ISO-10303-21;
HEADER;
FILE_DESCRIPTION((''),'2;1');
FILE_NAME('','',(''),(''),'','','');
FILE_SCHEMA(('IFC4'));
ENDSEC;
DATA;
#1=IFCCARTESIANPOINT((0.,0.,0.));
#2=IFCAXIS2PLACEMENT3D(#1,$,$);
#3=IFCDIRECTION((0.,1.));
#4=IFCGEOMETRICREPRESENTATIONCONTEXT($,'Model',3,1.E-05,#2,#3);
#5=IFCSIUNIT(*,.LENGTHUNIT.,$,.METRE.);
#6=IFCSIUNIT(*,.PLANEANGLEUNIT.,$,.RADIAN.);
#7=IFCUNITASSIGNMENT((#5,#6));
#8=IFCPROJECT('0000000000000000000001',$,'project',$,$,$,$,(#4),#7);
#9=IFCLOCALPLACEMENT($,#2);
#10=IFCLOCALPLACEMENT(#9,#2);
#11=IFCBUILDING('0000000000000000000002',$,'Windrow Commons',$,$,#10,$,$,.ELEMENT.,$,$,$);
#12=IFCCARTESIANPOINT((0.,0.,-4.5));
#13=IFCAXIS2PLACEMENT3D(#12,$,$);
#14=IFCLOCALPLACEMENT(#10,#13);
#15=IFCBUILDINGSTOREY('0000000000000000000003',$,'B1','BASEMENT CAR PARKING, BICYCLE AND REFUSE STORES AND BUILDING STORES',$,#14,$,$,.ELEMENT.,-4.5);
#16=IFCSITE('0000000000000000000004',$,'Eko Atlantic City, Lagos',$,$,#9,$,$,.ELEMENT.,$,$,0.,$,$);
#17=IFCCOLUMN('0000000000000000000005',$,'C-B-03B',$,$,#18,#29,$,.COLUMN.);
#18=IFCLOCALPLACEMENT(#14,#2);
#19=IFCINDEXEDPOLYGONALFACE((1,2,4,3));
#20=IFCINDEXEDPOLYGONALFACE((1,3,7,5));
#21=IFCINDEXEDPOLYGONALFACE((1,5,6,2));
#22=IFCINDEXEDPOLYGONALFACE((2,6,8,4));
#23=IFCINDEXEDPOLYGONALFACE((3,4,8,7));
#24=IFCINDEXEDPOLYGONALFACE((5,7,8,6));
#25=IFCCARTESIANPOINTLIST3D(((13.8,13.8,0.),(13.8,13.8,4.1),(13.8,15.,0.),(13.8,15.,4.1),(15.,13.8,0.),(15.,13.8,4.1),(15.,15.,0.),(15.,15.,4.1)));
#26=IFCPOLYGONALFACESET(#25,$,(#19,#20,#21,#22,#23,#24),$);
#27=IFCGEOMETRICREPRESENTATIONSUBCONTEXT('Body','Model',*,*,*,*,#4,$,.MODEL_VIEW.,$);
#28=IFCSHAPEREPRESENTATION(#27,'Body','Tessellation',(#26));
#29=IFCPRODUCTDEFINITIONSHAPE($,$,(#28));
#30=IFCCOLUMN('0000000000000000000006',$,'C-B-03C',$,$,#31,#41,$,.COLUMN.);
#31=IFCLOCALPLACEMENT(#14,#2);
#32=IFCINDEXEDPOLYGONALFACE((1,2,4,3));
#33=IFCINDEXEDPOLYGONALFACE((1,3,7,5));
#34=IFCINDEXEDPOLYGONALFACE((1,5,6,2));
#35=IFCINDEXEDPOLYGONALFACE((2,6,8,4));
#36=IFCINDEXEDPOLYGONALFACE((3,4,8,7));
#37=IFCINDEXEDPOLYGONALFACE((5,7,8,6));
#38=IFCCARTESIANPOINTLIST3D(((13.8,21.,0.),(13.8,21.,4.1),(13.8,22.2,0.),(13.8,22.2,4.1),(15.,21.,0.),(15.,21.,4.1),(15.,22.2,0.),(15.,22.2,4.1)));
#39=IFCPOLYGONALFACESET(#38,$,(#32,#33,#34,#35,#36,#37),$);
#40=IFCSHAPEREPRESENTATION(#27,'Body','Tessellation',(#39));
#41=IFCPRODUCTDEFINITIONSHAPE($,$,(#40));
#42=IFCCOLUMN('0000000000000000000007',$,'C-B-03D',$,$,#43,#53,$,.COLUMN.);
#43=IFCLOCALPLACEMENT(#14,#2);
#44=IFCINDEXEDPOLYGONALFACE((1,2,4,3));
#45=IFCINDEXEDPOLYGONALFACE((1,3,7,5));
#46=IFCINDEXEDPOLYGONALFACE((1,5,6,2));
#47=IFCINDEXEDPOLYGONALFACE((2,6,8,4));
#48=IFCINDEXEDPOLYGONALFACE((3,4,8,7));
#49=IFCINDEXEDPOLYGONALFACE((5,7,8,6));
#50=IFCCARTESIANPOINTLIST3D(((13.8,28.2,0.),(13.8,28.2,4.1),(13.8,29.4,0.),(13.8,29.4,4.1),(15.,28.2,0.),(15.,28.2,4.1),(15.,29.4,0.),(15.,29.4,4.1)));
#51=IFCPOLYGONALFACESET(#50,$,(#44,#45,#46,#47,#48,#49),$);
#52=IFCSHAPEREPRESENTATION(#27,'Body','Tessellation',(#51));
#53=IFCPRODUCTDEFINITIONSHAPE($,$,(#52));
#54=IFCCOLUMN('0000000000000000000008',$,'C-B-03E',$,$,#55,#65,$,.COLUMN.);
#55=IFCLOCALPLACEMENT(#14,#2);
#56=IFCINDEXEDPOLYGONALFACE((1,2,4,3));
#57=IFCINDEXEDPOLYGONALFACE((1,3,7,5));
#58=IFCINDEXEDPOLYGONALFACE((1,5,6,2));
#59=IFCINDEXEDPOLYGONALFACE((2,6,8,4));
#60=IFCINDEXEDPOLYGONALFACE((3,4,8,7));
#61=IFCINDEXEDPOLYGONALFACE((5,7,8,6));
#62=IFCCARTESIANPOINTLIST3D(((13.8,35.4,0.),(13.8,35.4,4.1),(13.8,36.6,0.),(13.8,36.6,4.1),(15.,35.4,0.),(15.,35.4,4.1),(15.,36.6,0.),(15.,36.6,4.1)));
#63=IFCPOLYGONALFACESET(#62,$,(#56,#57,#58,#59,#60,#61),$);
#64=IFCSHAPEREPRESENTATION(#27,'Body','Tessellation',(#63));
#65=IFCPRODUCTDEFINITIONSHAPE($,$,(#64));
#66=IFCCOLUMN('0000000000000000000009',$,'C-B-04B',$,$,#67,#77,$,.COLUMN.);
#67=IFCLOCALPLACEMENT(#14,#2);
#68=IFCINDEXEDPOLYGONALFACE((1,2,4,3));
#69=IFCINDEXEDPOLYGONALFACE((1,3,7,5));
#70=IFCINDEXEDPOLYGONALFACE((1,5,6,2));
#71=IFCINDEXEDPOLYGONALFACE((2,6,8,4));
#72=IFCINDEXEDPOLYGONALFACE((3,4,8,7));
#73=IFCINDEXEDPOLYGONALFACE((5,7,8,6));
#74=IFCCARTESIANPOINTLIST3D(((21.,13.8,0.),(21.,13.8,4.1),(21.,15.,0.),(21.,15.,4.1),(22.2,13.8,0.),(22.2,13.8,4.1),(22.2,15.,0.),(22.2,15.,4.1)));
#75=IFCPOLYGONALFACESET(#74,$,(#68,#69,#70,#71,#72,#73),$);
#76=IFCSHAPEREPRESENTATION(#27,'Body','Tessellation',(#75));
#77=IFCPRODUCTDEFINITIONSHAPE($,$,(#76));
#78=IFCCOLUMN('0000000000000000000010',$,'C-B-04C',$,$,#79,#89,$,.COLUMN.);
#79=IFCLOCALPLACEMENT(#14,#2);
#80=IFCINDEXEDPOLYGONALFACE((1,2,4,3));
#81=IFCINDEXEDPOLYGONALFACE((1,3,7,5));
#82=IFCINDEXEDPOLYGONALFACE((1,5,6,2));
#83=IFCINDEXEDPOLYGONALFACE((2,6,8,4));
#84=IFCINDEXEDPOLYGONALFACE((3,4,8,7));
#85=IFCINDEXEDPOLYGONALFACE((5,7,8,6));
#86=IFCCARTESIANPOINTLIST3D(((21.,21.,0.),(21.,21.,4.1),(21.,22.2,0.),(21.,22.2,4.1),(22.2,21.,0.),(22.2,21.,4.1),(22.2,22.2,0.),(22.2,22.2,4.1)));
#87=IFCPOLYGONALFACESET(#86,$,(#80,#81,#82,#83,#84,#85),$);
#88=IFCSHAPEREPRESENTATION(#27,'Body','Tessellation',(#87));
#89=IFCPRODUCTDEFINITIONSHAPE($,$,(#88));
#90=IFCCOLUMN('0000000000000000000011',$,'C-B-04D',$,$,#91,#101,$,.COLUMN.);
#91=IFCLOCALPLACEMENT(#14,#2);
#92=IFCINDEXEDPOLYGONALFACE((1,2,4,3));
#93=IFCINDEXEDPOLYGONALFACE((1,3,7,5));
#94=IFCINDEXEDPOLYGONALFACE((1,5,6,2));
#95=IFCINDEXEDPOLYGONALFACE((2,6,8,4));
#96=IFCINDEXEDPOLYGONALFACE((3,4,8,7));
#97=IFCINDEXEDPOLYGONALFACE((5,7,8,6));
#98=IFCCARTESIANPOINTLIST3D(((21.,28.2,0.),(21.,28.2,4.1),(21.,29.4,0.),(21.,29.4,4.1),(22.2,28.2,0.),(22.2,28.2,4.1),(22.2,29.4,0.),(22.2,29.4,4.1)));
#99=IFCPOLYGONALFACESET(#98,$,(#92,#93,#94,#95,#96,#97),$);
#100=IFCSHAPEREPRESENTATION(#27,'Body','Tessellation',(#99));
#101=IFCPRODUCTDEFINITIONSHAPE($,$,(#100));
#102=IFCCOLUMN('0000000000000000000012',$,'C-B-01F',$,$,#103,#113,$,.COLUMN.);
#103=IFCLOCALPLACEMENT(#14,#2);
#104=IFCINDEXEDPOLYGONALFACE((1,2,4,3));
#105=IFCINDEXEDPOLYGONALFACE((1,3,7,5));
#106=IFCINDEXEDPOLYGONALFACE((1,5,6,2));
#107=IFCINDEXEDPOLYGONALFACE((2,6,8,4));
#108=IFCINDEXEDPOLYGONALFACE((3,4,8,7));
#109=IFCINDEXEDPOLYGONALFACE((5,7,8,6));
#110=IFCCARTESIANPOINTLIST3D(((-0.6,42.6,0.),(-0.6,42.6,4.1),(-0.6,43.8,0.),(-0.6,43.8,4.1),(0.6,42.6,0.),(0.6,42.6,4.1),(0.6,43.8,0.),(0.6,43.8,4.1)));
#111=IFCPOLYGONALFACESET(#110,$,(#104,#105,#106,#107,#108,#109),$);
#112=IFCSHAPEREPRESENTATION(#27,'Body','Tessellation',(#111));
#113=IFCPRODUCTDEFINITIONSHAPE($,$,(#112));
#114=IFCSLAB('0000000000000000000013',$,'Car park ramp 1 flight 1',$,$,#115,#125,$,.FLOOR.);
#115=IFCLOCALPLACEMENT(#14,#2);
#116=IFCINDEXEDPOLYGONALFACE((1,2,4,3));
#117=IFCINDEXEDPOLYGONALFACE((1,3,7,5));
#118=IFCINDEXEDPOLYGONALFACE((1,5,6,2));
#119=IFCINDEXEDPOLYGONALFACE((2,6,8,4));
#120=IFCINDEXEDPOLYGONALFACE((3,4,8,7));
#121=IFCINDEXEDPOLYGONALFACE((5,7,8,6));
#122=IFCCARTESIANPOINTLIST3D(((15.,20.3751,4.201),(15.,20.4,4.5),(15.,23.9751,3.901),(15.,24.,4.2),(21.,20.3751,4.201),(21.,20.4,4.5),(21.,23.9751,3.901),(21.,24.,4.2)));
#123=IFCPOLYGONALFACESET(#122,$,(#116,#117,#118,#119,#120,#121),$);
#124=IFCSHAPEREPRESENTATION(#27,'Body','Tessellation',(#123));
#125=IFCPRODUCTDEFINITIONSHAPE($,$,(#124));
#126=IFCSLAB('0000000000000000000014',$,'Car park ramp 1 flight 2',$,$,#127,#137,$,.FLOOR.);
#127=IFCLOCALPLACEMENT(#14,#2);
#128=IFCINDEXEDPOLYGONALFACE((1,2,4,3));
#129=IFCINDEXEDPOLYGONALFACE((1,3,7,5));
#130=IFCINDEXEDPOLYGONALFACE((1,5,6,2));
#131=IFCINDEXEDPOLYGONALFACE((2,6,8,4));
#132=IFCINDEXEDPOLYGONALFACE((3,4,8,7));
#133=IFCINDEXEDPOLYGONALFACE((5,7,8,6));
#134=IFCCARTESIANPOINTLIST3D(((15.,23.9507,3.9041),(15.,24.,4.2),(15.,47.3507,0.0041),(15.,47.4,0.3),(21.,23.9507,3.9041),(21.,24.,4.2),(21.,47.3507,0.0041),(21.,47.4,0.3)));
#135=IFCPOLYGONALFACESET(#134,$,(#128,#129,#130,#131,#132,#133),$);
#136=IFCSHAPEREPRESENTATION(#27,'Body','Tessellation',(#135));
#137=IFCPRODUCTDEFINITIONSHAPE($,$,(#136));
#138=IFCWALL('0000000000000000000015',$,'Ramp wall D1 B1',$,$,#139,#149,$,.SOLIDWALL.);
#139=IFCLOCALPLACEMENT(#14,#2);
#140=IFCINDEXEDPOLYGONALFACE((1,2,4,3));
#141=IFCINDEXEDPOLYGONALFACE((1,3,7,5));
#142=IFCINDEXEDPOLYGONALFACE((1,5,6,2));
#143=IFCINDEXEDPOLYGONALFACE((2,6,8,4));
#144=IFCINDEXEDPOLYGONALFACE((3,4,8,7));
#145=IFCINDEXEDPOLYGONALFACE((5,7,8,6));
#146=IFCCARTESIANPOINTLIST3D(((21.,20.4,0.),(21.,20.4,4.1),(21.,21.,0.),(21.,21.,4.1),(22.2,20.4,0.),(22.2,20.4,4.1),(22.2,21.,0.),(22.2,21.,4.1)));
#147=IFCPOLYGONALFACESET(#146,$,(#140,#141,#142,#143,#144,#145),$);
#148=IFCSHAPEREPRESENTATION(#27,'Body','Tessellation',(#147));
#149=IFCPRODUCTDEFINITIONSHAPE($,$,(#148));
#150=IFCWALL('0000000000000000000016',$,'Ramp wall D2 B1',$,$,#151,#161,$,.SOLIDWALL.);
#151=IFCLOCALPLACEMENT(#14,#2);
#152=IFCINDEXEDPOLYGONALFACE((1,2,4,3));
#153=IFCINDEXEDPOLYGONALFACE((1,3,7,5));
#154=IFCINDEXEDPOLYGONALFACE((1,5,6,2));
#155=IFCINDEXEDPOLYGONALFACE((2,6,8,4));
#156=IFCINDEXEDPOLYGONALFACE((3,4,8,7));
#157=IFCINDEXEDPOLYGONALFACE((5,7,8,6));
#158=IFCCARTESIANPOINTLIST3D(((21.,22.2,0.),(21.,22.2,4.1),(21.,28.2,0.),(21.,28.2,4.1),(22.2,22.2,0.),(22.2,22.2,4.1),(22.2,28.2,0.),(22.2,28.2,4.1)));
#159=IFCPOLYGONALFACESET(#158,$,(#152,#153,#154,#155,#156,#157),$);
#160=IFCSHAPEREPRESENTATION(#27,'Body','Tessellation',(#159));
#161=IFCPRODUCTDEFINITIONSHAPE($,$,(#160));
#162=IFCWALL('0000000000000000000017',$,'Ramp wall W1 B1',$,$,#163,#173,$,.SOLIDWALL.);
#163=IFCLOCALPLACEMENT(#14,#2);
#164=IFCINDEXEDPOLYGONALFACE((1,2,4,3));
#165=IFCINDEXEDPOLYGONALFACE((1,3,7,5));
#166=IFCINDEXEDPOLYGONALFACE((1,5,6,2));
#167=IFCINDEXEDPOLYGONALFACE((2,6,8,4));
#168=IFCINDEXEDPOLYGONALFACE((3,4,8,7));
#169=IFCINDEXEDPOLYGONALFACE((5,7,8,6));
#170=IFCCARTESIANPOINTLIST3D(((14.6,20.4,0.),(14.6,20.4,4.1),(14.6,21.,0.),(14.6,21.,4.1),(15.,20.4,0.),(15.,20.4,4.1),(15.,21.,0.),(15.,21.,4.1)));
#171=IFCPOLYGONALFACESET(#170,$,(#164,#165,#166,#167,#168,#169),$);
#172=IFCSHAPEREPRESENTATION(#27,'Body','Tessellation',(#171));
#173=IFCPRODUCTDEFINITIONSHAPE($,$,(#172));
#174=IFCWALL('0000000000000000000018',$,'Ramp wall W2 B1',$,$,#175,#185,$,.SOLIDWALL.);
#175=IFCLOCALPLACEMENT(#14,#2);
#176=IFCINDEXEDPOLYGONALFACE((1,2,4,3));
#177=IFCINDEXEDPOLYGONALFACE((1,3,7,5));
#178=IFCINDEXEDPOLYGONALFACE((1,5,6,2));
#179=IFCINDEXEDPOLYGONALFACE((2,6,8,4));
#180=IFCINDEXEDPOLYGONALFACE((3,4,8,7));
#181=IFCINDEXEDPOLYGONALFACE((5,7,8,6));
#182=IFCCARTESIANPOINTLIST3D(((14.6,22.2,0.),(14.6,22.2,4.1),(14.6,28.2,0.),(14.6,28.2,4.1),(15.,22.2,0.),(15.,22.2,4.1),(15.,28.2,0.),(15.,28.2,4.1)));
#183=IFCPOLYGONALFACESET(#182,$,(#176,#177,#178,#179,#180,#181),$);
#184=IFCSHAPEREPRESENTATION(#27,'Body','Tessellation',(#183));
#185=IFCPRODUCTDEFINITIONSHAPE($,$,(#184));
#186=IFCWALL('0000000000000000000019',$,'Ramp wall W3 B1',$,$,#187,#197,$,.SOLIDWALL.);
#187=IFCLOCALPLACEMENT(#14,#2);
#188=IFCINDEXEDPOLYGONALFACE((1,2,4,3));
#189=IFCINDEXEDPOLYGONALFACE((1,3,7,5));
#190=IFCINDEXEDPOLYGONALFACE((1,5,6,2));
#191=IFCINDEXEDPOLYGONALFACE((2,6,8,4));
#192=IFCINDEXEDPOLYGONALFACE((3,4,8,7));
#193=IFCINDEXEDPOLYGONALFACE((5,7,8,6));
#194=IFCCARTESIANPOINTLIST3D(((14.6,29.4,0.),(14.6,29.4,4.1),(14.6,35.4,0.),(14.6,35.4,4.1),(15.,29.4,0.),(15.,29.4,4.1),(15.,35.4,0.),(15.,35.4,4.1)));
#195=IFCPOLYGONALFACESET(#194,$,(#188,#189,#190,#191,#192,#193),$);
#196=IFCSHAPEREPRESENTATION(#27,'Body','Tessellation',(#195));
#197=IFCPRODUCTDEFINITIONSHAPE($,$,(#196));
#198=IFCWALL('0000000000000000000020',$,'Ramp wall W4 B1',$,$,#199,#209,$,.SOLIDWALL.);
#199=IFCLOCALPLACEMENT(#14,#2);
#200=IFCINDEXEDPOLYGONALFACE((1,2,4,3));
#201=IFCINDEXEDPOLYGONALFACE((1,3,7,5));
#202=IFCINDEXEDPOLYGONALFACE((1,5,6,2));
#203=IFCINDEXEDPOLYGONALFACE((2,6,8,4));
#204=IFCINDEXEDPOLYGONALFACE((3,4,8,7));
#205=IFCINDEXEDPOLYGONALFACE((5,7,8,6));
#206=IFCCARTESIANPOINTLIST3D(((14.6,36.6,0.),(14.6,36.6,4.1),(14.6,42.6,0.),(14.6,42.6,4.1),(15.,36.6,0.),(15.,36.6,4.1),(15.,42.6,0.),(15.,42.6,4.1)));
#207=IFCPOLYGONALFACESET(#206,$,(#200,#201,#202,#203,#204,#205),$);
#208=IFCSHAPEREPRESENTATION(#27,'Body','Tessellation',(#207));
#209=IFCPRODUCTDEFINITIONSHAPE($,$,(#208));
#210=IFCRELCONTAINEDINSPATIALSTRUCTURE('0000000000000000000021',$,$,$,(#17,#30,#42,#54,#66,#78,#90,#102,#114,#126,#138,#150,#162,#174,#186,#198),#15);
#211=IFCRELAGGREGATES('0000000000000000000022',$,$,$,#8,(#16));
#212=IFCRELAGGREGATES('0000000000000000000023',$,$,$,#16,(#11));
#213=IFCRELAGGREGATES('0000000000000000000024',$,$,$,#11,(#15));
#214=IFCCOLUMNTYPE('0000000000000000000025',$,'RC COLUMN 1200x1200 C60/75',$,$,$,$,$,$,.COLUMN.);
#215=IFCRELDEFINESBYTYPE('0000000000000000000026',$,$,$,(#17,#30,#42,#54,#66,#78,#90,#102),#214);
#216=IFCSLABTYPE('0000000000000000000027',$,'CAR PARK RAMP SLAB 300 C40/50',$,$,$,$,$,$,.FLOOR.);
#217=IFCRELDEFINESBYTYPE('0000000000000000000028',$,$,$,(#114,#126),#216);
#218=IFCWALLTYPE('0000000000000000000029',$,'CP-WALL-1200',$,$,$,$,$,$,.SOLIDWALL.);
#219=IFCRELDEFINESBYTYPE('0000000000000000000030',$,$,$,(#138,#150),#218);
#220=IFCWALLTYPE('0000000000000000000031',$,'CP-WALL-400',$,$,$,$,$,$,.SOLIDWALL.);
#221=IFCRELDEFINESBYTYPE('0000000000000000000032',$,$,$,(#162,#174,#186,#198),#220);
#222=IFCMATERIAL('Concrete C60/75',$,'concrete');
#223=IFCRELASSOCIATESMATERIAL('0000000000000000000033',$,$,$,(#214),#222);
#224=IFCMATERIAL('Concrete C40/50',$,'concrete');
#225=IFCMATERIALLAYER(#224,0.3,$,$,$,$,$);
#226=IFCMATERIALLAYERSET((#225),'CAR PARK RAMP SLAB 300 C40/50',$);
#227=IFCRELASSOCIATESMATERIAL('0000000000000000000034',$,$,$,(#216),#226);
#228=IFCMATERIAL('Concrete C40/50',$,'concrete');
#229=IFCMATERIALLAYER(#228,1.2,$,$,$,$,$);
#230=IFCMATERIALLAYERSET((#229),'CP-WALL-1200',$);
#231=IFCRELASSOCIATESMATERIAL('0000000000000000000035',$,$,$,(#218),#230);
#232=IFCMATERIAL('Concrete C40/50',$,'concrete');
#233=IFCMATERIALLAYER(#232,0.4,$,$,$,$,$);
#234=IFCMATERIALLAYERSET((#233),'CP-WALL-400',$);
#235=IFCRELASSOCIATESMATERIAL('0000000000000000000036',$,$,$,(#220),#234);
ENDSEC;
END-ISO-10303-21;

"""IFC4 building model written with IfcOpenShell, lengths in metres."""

from ifc_helpers import new_model, si_unit, direction, frame, frame_2d, origin, origin_2d, place, context, subcontext, project, spatial, polyline, rectangle, outline, extrude, material, layer, layer_set, material_profile, profile_set, type_object, element, save


model = new_model("IFC4")

# Units and contexts
model_context = context("Model", 3, precision=1e-05, world=origin(), true_north=direction((0.0, 1.0)))
body_context = subcontext(model_context, "Body", "Model", "MODEL_VIEW")
ifc_project = project(units=[si_unit("LENGTHUNIT", "METRE"), si_unit("PLANEANGLEUNIT", "RADIAN")], contexts=[model_context])

# Site, building, storey
site_placement = place(None, origin())
site = spatial("IfcSite", under=ifc_project, at=site_placement, Name="Eko Atlantic City, Lagos", CompositionType="ELEMENT", RefElevation=0.0)
building_placement = place(site_placement, origin())
building = spatial("IfcBuilding", under=site, at=building_placement, Name="Windrow Commons", CompositionType="ELEMENT")
storey_placement = place(building_placement, frame((0.0, 0.0, -4.5)))
storey = spatial("IfcBuildingStorey", under=building, at=storey_placement, Name="B1", Description="BASEMENT CAR PARKING, BICYCLE AND REFUSE STORES AND BUILDING STORES", CompositionType="ELEMENT", Elevation=-4.5)

# Columns
ifc_material_1 = material(Name="Concrete C60/75", Category="concrete")
ifc_material_profile = material_profile(ifc_material_1, rectangle(XDim=1.2, YDim=1.2, at=origin_2d()))
ifc_profile_set = profile_set([ifc_material_profile], Name="Concrete C60/75")
column_type = type_object("IfcColumnType", Name="RC COLUMN 1200x1200 C60/75", PredefinedType="COLUMN", material=ifc_profile_set)
for number, where, z_axis, x_axis, name in (
    (1, (14.4, 14.4, 0.0), (0.0, 0.0, 1.0), (1.0, 0.0, 0.0), "C-B-03B"),
    (2, (14.4, 21.6, 0.0), (0.0, 0.0, 1.0), (1.0, 0.0, 0.0), "C-B-03C"),
    (3, (14.4, 28.8, 0.0), (0.0, 0.0, 1.0), (1.0, 0.0, 0.0), "C-B-03D"),
    (4, (14.4, 36.0, 0.0), (0.0, 0.0, 1.0), (1.0, 0.0, 0.0), "C-B-03E"),
    (5, (21.6, 14.4, 0.0), (0.0, 0.0, 1.0), (1.0, 0.0, 0.0), "C-B-04B"),
    (6, (21.6, 21.6, 0.0), (0.0, 0.0, 1.0), (1.0, 0.0, 0.0), "C-B-04C"),
    (7, (21.6, 28.8, 0.0), (0.0, 0.0, 1.0), (1.0, 0.0, 0.0), "C-B-04D"),
    (8, (0.0, 43.2, 0.0), (0.0, 0.0, 1.0), (1.0, 0.0, 0.0), "C-B-01F"),
):
    element("IfcColumn", number, at=place(storey_placement, frame(where, z_axis=z_axis, x_axis=x_axis)), inside=storey, type_object=column_type, Name=name, PredefinedType="COLUMN", context=body_context, shape_type="SweptSolid", body=[
        extrude(rectangle(XDim=1.2, YDim=1.2, at=origin_2d()), origin(), (0.0, 0.0, 1.0), 4.1),
    ])

# Slabs
ifc_material_2 = material(Name="Concrete C40/50", Category="concrete")
ifc_layer_1 = layer(ifc_material_2, 0.3)
ifc_layer_set_1 = layer_set([ifc_layer_1], Name="CAR PARK RAMP SLAB 300 C40/50")
slab_type = type_object("IfcSlabType", Name="CAR PARK RAMP SLAB 300 C40/50", PredefinedType="FLOOR", material=ifc_layer_set_1)
slab_1_placement = place(storey_placement, frame((15.0, 20.4, 4.5), z_axis=(0.0, 0.083045, 0.996546), x_axis=(1.0, 0.0, 0.0)))
element("IfcSlab", 9, at=slab_1_placement, inside=storey, type_object=slab_type, Name="Car park ramp 1 flight 1", PredefinedType="FLOOR", context=body_context, shape_type="SweptSolid", body=[
    extrude(outline(polyline([(0.0, 0.0), (6.0, 0.0), (6.0, 3.6125), (0.0, 3.6125), (0.0, 0.0)])), origin(), (0.0, 0.0, -1.0), 0.3),
])
slab_2_placement = place(storey_placement, frame((15.0, 24.0, 4.2), z_axis=(0.0, 0.164399, 0.986394), x_axis=(1.0, 0.0, 0.0)))
element("IfcSlab", 10, at=slab_2_placement, inside=storey, type_object=slab_type, Name="Car park ramp 1 flight 2", PredefinedType="FLOOR", context=body_context, shape_type="SweptSolid", body=[
    extrude(outline(polyline([(0.0, 0.0), (6.0, 0.0), (6.0, 23.7228), (0.0, 23.7228), (0.0, 0.0)])), origin(), (0.0, 0.0, -1.0), 0.3),
])

# Walls
ifc_material_3 = material(Name="Concrete C40/50", Category="concrete")
ifc_layer_2 = layer(ifc_material_3, 1.2)
ifc_layer_set_2 = layer_set([ifc_layer_2], Name="CP-WALL-1200")
wall_type_1 = type_object("IfcWallType", Name="CP-WALL-1200", PredefinedType="SOLIDWALL", material=ifc_layer_set_2)
wall_1_placement = place(storey_placement, frame((21.6, 20.4, 0.0), z_axis=(0.0, 0.0, 1.0), x_axis=(0.0, 1.0, 0.0)))
element("IfcWall", 11, at=wall_1_placement, inside=storey, type_object=wall_type_1, Name="Ramp wall D1 B1", PredefinedType="SOLIDWALL", context=body_context, shape_type="SweptSolid", body=[
    extrude(rectangle(XDim=0.6, YDim=1.2, at=frame_2d((0.3, 0.0))), origin(), (0.0, 0.0, 1.0), 4.1),
])
wall_2_placement = place(storey_placement, frame((21.6, 22.2, 0.0), z_axis=(0.0, 0.0, 1.0), x_axis=(0.0, 1.0, 0.0)))
element("IfcWall", 12, at=wall_2_placement, inside=storey, type_object=wall_type_1, Name="Ramp wall D2 B1", PredefinedType="SOLIDWALL", context=body_context, shape_type="SweptSolid", body=[
    extrude(rectangle(XDim=6.0, YDim=1.2, at=frame_2d((3.0, 0.0))), origin(), (0.0, 0.0, 1.0), 4.1),
])
ifc_material_4 = material(Name="Concrete C40/50", Category="concrete")
ifc_layer_3 = layer(ifc_material_4, 0.4)
ifc_layer_set_3 = layer_set([ifc_layer_3], Name="CP-WALL-400")
wall_type_2 = type_object("IfcWallType", Name="CP-WALL-400", PredefinedType="SOLIDWALL", material=ifc_layer_set_3)
wall_3_placement = place(storey_placement, frame((14.8, 20.4, 0.0), z_axis=(0.0, 0.0, 1.0), x_axis=(0.0, 1.0, 0.0)))
element("IfcWall", 13, at=wall_3_placement, inside=storey, type_object=wall_type_2, Name="Ramp wall W1 B1", PredefinedType="SOLIDWALL", context=body_context, shape_type="SweptSolid", body=[
    extrude(rectangle(XDim=0.6, YDim=0.4, at=frame_2d((0.3, 0.0))), origin(), (0.0, 0.0, 1.0), 4.1),
])
for number, where, z_axis, x_axis, name in (
    (14, (14.8, 22.2, 0.0), (0.0, 0.0, 1.0), (0.0, 1.0, 0.0), "Ramp wall W2 B1"),
    (15, (14.8, 29.4, 0.0), (0.0, 0.0, 1.0), (0.0, 1.0, 0.0), "Ramp wall W3 B1"),
    (16, (14.8, 36.6, 0.0), (0.0, 0.0, 1.0), (0.0, 1.0, 0.0), "Ramp wall W4 B1"),
):
    element("IfcWall", number, at=place(storey_placement, frame(where, z_axis=z_axis, x_axis=x_axis)), inside=storey, type_object=wall_type_2, Name=name, PredefinedType="SOLIDWALL", context=body_context, shape_type="SweptSolid", body=[
        extrude(rectangle(XDim=6.0, YDim=0.4, at=frame_2d((3.0, 0.0))), origin(), (0.0, 0.0, 1.0), 4.1),
    ])

save(model, "model.ifc")
